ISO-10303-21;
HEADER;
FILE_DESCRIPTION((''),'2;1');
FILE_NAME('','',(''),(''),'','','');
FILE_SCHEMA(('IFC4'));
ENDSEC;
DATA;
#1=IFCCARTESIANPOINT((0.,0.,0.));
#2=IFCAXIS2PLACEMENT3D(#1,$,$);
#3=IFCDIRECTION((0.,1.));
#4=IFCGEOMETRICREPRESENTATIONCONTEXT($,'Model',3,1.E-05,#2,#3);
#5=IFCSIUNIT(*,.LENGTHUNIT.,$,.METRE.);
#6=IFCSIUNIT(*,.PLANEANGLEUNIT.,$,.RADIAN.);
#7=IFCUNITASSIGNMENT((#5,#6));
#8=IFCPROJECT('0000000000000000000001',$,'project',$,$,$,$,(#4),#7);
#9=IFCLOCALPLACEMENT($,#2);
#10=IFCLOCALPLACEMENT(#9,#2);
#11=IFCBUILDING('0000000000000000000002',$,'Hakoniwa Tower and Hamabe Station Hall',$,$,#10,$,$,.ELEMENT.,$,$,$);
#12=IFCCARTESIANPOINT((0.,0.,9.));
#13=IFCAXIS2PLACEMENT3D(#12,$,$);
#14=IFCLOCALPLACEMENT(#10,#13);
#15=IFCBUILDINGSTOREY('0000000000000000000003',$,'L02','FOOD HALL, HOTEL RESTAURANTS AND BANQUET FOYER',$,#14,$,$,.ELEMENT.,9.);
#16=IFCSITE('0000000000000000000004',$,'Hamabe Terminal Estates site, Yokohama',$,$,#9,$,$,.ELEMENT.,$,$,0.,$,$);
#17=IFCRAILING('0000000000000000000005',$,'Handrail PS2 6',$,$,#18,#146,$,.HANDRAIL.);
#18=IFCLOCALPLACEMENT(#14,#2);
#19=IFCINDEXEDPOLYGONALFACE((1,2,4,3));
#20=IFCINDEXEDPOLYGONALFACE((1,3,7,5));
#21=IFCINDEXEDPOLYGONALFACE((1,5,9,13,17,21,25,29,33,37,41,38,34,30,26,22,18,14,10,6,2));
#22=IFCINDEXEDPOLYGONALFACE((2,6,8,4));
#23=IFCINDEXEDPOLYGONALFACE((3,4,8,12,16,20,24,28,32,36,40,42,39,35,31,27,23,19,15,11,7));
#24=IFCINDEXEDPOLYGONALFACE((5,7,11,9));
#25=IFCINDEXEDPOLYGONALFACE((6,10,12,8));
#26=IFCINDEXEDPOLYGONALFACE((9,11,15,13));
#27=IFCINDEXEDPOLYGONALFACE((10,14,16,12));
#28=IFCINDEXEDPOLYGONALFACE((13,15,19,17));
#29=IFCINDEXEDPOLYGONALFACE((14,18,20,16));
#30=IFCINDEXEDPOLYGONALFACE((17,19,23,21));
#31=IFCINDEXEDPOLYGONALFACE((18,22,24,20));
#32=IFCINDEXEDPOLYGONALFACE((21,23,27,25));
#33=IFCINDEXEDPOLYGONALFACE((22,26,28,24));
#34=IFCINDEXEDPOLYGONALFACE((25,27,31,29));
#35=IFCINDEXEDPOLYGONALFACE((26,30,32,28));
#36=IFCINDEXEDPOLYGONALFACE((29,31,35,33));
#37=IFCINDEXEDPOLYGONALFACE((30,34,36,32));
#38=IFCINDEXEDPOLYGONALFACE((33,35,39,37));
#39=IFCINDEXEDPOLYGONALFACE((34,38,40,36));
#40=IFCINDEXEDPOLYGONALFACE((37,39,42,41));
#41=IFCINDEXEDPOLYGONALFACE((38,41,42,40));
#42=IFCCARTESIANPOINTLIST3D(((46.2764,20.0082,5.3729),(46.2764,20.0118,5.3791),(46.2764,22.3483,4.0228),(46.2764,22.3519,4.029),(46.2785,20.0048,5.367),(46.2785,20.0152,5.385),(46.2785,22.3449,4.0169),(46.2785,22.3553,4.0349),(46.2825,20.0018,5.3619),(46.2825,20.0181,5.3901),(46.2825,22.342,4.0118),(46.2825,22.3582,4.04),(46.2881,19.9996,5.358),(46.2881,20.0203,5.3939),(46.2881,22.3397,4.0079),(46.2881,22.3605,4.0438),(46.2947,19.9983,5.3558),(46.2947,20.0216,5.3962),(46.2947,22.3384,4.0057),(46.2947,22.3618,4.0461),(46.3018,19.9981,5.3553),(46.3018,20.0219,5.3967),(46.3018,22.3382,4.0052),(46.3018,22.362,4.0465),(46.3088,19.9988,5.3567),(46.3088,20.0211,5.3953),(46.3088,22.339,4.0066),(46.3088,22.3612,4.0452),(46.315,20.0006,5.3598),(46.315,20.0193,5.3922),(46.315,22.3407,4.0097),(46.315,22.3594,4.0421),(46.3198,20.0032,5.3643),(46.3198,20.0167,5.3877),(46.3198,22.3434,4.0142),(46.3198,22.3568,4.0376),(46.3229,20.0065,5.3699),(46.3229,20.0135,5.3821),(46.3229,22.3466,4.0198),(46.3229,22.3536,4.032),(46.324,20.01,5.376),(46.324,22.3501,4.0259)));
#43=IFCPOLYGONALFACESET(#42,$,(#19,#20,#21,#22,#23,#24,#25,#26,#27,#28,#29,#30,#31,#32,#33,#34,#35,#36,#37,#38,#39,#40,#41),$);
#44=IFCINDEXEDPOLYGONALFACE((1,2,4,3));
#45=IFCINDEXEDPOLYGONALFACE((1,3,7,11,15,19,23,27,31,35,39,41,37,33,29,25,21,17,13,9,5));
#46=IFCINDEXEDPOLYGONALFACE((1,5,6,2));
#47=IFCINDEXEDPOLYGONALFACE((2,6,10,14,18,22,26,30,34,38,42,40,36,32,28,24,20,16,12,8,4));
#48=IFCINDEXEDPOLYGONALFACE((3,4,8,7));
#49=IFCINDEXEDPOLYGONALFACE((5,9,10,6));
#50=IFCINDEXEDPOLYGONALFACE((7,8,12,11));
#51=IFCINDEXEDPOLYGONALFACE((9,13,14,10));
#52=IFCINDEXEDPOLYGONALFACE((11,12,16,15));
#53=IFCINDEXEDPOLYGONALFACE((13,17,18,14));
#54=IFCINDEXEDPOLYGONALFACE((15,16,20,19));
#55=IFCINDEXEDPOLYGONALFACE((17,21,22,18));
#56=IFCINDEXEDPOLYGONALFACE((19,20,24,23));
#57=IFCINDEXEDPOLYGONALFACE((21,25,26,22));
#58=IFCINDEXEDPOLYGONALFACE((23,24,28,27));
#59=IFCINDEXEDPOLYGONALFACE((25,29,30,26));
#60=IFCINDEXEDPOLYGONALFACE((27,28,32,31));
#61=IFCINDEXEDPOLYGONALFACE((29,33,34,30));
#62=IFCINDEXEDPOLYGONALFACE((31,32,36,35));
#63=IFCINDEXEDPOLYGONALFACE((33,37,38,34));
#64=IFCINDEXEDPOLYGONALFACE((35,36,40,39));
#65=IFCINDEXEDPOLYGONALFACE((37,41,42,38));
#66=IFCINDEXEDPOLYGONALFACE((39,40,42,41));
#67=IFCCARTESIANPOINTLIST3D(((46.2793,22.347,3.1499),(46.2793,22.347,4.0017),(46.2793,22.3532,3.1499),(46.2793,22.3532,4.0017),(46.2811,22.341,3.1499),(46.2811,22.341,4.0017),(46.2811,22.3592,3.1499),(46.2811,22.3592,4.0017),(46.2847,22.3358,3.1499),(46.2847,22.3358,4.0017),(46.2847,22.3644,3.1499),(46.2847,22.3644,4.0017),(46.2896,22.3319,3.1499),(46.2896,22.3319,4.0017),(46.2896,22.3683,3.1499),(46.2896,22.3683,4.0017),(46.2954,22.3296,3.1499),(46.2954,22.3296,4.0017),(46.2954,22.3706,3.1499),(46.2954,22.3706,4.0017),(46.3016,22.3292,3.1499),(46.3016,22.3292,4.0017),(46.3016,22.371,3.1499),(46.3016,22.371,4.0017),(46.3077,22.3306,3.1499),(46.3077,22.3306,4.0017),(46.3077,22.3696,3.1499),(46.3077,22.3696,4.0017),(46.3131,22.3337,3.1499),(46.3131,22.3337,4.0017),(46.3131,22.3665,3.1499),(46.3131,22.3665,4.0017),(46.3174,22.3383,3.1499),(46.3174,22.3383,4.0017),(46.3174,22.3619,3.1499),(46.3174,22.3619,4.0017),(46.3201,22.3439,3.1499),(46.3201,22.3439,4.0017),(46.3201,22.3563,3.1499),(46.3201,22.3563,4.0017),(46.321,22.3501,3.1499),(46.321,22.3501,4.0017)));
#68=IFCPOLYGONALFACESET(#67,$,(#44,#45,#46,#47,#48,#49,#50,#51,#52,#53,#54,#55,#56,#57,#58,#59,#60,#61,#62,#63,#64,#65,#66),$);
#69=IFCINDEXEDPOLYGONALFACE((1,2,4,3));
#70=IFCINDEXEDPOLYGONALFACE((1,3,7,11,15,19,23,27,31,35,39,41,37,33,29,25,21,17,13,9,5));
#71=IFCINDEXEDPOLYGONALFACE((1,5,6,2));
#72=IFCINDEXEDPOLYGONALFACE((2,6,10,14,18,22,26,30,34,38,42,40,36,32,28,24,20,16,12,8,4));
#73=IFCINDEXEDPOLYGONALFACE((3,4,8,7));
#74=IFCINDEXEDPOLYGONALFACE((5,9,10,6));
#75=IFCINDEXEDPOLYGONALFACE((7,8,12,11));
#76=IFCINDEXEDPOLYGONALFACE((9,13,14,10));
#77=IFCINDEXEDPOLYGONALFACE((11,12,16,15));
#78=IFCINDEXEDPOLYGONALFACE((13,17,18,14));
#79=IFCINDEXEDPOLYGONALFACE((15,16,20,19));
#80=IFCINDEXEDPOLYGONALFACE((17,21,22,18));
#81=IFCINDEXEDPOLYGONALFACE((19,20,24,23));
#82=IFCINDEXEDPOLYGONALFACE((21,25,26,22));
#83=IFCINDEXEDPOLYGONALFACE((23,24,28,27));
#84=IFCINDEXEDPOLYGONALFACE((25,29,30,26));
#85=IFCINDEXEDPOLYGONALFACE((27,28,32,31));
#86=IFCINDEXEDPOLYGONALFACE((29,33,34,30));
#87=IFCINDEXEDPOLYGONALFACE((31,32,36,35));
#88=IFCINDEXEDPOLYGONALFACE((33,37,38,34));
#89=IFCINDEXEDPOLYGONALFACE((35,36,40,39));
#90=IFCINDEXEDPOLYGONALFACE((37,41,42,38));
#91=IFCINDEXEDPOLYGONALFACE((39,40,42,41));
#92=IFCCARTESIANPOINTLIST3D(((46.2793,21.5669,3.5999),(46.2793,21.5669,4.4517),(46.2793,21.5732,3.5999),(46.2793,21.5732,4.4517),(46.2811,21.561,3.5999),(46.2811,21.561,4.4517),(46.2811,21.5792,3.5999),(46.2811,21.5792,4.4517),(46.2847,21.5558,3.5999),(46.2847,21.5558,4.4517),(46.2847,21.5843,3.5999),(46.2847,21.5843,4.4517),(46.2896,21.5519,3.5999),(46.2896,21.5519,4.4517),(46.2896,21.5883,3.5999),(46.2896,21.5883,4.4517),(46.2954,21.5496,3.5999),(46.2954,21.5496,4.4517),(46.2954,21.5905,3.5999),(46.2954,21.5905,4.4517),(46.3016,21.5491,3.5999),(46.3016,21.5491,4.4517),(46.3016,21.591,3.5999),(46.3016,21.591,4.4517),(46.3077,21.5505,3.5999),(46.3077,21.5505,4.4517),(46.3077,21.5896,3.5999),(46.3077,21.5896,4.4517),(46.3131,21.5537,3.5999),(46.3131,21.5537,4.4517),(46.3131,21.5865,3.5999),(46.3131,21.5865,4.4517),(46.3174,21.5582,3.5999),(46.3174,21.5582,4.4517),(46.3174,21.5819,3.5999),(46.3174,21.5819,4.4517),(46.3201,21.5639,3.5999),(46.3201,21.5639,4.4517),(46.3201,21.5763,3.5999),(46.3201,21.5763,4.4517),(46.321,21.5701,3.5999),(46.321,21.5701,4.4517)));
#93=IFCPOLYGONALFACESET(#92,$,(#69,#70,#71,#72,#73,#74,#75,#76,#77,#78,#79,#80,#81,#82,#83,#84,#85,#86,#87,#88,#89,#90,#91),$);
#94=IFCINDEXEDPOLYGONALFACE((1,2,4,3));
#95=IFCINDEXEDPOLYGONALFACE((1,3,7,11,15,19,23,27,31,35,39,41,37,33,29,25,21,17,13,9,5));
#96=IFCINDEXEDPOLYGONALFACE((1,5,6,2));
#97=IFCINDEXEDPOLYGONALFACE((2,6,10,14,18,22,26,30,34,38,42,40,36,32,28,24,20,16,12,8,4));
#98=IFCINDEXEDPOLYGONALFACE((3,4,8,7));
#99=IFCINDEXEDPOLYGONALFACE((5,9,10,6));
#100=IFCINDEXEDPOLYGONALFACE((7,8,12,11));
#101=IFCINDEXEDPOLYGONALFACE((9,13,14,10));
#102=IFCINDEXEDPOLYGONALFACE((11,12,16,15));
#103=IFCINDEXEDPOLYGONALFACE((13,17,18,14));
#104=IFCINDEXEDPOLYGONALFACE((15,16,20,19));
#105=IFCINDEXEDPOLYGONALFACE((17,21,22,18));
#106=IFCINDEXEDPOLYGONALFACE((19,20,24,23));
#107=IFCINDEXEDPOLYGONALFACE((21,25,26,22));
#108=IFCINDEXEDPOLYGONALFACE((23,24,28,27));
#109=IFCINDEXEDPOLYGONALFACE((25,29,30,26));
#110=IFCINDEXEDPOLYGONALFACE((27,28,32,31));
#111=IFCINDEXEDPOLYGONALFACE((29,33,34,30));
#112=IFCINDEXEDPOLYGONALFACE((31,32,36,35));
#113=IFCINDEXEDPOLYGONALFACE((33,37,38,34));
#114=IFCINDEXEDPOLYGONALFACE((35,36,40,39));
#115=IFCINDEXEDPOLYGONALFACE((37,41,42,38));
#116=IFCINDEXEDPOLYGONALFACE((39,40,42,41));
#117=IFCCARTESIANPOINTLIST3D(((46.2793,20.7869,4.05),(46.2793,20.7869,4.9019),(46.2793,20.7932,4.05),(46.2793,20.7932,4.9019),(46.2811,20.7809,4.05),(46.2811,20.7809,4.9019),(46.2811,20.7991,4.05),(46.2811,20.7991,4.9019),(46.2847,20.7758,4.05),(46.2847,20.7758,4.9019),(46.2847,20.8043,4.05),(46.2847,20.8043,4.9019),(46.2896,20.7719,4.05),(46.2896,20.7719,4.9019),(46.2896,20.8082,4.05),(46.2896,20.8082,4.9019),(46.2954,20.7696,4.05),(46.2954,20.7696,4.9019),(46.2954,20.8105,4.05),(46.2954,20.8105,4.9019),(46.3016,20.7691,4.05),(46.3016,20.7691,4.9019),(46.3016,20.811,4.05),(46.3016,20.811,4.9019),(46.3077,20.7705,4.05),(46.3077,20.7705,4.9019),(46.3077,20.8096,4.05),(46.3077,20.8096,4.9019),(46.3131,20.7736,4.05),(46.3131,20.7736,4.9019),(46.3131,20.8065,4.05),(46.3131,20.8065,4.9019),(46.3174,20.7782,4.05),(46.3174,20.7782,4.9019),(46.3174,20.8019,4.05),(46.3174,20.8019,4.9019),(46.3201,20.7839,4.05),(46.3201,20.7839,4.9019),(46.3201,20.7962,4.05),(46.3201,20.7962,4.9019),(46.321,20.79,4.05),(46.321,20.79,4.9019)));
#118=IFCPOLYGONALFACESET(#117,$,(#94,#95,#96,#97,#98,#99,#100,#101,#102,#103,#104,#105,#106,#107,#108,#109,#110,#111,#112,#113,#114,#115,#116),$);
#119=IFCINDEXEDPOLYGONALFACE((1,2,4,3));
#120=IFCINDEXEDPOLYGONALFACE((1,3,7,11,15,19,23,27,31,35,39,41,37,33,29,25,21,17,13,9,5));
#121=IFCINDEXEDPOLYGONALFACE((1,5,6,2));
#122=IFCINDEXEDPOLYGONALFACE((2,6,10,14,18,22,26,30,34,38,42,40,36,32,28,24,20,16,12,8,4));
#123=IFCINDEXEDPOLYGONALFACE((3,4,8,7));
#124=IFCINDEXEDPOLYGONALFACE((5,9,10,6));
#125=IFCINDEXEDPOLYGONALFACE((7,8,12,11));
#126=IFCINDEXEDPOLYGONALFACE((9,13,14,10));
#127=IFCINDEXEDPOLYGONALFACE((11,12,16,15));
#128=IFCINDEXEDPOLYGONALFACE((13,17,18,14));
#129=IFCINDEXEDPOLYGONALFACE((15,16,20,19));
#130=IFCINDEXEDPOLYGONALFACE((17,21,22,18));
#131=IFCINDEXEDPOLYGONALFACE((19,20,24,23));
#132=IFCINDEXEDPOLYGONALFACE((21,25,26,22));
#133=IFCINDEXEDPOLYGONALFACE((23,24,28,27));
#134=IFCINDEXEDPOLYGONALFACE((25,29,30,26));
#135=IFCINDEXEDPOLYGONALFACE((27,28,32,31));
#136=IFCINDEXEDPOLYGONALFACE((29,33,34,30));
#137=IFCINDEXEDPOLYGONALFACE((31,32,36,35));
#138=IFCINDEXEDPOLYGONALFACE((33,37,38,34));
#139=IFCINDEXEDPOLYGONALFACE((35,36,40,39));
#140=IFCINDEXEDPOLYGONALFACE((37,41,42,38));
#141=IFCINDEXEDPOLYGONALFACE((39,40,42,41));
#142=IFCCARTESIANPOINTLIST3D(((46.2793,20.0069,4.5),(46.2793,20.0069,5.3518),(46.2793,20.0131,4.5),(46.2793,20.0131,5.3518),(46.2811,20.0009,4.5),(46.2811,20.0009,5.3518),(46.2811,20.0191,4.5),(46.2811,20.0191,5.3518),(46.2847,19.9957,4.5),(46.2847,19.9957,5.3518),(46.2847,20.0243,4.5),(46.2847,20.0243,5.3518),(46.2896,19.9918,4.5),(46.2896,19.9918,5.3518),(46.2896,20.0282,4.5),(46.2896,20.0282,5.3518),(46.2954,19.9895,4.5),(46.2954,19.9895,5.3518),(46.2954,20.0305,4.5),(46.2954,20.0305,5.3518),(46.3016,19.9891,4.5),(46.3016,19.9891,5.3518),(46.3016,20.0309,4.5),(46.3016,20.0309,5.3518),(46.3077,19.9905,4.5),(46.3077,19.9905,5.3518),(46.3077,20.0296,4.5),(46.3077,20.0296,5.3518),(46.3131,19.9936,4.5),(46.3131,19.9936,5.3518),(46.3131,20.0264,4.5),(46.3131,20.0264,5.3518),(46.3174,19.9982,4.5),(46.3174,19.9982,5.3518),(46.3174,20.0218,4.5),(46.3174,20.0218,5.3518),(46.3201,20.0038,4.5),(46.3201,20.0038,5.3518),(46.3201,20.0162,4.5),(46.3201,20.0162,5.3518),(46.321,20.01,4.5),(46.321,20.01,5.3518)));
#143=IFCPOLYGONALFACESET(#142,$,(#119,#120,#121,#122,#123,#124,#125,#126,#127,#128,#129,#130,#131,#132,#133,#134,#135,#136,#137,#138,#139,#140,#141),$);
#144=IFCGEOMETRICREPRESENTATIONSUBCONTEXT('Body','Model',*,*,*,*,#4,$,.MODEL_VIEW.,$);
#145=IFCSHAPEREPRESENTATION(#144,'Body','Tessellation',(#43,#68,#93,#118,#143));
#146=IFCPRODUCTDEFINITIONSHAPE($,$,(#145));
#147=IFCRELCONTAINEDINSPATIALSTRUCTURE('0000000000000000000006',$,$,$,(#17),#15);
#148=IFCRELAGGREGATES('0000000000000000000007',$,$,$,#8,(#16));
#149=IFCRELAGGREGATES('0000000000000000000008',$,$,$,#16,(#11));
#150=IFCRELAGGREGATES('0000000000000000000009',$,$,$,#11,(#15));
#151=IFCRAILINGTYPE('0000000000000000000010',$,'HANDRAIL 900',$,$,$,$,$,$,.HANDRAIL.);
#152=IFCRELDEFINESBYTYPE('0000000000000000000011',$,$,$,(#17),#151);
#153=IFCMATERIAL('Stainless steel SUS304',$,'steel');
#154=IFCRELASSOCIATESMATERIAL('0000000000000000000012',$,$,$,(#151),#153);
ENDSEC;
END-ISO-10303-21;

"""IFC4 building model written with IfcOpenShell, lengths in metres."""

from ifc_helpers import new_model, si_unit, direction, frame, origin, origin_2d, place, context, subcontext, project, spatial, circle, extrude, material, type_object, element, save


model = new_model("IFC4")

# Units and contexts
model_context = context("Model", 3, precision=1e-05, world=origin(), true_north=direction((0.0, 1.0)))
body_context = subcontext(model_context, "Body", "Model", "MODEL_VIEW")
ifc_project = project(units=[si_unit("LENGTHUNIT", "METRE"), si_unit("PLANEANGLEUNIT", "RADIAN")], contexts=[model_context])

# Site, building, storey
site_placement = place(None, origin())
site = spatial("IfcSite", under=ifc_project, at=site_placement, Name="Hamabe Terminal Estates site, Yokohama", CompositionType="ELEMENT", RefElevation=0.0)
building_placement = place(site_placement, origin())
building = spatial("IfcBuilding", under=site, at=building_placement, Name="Hakoniwa Tower and Hamabe Station Hall", CompositionType="ELEMENT")
storey_placement = place(building_placement, frame((0.0, 0.0, 9.0)))
storey = spatial("IfcBuildingStorey", under=building, at=storey_placement, Name="L02", Description="FOOD HALL, HOTEL RESTAURANTS AND BANQUET FOYER", CompositionType="ELEMENT", Elevation=9.0)

# Railing
ifc_material_1 = material(Name="Stainless steel SUS304", Category="steel")
railing_type_1 = type_object("IfcRailingType", Name="HANDRAIL 900", PredefinedType="HANDRAIL", material=ifc_material_1)
for number, where, name in (
    (1, (46.3, 22.3501, 3.1499), "Handrail PS2 6"),
):
    element("IfcRailing", number, at=place(storey_placement, frame(where)), inside=storey, type_object=railing_type_1, Name=name, PredefinedType="HANDRAIL", context=body_context, shape_type="SweptSolid", body=[
        extrude(circle(Radius=0.0239, at=origin_2d()), frame((0.0, 0.0, 0.876), z_axis=(0.0, -0.866178, 0.499735), x_axis=(1.0, 0.0, 0.0)), (0.0, 0.0, 1.0), 2.7017),
        extrude(circle(Radius=0.021, at=origin_2d()), origin(), (0.0, 0.0, 1.0), 0.8518),
        extrude(circle(Radius=0.021, at=origin_2d()), frame((0.0, -0.78, 0.45)), (0.0, 0.0, 1.0), 0.8518),
        extrude(circle(Radius=0.021, at=origin_2d()), frame((0.0, -1.5601, 0.9001)), (0.0, 0.0, 1.0), 0.8518),
        extrude(circle(Radius=0.021, at=origin_2d()), frame((0.0, -2.3401, 1.3501)), (0.0, 0.0, 1.0), 0.8518),
    ])

save(model, "model.ifc")
